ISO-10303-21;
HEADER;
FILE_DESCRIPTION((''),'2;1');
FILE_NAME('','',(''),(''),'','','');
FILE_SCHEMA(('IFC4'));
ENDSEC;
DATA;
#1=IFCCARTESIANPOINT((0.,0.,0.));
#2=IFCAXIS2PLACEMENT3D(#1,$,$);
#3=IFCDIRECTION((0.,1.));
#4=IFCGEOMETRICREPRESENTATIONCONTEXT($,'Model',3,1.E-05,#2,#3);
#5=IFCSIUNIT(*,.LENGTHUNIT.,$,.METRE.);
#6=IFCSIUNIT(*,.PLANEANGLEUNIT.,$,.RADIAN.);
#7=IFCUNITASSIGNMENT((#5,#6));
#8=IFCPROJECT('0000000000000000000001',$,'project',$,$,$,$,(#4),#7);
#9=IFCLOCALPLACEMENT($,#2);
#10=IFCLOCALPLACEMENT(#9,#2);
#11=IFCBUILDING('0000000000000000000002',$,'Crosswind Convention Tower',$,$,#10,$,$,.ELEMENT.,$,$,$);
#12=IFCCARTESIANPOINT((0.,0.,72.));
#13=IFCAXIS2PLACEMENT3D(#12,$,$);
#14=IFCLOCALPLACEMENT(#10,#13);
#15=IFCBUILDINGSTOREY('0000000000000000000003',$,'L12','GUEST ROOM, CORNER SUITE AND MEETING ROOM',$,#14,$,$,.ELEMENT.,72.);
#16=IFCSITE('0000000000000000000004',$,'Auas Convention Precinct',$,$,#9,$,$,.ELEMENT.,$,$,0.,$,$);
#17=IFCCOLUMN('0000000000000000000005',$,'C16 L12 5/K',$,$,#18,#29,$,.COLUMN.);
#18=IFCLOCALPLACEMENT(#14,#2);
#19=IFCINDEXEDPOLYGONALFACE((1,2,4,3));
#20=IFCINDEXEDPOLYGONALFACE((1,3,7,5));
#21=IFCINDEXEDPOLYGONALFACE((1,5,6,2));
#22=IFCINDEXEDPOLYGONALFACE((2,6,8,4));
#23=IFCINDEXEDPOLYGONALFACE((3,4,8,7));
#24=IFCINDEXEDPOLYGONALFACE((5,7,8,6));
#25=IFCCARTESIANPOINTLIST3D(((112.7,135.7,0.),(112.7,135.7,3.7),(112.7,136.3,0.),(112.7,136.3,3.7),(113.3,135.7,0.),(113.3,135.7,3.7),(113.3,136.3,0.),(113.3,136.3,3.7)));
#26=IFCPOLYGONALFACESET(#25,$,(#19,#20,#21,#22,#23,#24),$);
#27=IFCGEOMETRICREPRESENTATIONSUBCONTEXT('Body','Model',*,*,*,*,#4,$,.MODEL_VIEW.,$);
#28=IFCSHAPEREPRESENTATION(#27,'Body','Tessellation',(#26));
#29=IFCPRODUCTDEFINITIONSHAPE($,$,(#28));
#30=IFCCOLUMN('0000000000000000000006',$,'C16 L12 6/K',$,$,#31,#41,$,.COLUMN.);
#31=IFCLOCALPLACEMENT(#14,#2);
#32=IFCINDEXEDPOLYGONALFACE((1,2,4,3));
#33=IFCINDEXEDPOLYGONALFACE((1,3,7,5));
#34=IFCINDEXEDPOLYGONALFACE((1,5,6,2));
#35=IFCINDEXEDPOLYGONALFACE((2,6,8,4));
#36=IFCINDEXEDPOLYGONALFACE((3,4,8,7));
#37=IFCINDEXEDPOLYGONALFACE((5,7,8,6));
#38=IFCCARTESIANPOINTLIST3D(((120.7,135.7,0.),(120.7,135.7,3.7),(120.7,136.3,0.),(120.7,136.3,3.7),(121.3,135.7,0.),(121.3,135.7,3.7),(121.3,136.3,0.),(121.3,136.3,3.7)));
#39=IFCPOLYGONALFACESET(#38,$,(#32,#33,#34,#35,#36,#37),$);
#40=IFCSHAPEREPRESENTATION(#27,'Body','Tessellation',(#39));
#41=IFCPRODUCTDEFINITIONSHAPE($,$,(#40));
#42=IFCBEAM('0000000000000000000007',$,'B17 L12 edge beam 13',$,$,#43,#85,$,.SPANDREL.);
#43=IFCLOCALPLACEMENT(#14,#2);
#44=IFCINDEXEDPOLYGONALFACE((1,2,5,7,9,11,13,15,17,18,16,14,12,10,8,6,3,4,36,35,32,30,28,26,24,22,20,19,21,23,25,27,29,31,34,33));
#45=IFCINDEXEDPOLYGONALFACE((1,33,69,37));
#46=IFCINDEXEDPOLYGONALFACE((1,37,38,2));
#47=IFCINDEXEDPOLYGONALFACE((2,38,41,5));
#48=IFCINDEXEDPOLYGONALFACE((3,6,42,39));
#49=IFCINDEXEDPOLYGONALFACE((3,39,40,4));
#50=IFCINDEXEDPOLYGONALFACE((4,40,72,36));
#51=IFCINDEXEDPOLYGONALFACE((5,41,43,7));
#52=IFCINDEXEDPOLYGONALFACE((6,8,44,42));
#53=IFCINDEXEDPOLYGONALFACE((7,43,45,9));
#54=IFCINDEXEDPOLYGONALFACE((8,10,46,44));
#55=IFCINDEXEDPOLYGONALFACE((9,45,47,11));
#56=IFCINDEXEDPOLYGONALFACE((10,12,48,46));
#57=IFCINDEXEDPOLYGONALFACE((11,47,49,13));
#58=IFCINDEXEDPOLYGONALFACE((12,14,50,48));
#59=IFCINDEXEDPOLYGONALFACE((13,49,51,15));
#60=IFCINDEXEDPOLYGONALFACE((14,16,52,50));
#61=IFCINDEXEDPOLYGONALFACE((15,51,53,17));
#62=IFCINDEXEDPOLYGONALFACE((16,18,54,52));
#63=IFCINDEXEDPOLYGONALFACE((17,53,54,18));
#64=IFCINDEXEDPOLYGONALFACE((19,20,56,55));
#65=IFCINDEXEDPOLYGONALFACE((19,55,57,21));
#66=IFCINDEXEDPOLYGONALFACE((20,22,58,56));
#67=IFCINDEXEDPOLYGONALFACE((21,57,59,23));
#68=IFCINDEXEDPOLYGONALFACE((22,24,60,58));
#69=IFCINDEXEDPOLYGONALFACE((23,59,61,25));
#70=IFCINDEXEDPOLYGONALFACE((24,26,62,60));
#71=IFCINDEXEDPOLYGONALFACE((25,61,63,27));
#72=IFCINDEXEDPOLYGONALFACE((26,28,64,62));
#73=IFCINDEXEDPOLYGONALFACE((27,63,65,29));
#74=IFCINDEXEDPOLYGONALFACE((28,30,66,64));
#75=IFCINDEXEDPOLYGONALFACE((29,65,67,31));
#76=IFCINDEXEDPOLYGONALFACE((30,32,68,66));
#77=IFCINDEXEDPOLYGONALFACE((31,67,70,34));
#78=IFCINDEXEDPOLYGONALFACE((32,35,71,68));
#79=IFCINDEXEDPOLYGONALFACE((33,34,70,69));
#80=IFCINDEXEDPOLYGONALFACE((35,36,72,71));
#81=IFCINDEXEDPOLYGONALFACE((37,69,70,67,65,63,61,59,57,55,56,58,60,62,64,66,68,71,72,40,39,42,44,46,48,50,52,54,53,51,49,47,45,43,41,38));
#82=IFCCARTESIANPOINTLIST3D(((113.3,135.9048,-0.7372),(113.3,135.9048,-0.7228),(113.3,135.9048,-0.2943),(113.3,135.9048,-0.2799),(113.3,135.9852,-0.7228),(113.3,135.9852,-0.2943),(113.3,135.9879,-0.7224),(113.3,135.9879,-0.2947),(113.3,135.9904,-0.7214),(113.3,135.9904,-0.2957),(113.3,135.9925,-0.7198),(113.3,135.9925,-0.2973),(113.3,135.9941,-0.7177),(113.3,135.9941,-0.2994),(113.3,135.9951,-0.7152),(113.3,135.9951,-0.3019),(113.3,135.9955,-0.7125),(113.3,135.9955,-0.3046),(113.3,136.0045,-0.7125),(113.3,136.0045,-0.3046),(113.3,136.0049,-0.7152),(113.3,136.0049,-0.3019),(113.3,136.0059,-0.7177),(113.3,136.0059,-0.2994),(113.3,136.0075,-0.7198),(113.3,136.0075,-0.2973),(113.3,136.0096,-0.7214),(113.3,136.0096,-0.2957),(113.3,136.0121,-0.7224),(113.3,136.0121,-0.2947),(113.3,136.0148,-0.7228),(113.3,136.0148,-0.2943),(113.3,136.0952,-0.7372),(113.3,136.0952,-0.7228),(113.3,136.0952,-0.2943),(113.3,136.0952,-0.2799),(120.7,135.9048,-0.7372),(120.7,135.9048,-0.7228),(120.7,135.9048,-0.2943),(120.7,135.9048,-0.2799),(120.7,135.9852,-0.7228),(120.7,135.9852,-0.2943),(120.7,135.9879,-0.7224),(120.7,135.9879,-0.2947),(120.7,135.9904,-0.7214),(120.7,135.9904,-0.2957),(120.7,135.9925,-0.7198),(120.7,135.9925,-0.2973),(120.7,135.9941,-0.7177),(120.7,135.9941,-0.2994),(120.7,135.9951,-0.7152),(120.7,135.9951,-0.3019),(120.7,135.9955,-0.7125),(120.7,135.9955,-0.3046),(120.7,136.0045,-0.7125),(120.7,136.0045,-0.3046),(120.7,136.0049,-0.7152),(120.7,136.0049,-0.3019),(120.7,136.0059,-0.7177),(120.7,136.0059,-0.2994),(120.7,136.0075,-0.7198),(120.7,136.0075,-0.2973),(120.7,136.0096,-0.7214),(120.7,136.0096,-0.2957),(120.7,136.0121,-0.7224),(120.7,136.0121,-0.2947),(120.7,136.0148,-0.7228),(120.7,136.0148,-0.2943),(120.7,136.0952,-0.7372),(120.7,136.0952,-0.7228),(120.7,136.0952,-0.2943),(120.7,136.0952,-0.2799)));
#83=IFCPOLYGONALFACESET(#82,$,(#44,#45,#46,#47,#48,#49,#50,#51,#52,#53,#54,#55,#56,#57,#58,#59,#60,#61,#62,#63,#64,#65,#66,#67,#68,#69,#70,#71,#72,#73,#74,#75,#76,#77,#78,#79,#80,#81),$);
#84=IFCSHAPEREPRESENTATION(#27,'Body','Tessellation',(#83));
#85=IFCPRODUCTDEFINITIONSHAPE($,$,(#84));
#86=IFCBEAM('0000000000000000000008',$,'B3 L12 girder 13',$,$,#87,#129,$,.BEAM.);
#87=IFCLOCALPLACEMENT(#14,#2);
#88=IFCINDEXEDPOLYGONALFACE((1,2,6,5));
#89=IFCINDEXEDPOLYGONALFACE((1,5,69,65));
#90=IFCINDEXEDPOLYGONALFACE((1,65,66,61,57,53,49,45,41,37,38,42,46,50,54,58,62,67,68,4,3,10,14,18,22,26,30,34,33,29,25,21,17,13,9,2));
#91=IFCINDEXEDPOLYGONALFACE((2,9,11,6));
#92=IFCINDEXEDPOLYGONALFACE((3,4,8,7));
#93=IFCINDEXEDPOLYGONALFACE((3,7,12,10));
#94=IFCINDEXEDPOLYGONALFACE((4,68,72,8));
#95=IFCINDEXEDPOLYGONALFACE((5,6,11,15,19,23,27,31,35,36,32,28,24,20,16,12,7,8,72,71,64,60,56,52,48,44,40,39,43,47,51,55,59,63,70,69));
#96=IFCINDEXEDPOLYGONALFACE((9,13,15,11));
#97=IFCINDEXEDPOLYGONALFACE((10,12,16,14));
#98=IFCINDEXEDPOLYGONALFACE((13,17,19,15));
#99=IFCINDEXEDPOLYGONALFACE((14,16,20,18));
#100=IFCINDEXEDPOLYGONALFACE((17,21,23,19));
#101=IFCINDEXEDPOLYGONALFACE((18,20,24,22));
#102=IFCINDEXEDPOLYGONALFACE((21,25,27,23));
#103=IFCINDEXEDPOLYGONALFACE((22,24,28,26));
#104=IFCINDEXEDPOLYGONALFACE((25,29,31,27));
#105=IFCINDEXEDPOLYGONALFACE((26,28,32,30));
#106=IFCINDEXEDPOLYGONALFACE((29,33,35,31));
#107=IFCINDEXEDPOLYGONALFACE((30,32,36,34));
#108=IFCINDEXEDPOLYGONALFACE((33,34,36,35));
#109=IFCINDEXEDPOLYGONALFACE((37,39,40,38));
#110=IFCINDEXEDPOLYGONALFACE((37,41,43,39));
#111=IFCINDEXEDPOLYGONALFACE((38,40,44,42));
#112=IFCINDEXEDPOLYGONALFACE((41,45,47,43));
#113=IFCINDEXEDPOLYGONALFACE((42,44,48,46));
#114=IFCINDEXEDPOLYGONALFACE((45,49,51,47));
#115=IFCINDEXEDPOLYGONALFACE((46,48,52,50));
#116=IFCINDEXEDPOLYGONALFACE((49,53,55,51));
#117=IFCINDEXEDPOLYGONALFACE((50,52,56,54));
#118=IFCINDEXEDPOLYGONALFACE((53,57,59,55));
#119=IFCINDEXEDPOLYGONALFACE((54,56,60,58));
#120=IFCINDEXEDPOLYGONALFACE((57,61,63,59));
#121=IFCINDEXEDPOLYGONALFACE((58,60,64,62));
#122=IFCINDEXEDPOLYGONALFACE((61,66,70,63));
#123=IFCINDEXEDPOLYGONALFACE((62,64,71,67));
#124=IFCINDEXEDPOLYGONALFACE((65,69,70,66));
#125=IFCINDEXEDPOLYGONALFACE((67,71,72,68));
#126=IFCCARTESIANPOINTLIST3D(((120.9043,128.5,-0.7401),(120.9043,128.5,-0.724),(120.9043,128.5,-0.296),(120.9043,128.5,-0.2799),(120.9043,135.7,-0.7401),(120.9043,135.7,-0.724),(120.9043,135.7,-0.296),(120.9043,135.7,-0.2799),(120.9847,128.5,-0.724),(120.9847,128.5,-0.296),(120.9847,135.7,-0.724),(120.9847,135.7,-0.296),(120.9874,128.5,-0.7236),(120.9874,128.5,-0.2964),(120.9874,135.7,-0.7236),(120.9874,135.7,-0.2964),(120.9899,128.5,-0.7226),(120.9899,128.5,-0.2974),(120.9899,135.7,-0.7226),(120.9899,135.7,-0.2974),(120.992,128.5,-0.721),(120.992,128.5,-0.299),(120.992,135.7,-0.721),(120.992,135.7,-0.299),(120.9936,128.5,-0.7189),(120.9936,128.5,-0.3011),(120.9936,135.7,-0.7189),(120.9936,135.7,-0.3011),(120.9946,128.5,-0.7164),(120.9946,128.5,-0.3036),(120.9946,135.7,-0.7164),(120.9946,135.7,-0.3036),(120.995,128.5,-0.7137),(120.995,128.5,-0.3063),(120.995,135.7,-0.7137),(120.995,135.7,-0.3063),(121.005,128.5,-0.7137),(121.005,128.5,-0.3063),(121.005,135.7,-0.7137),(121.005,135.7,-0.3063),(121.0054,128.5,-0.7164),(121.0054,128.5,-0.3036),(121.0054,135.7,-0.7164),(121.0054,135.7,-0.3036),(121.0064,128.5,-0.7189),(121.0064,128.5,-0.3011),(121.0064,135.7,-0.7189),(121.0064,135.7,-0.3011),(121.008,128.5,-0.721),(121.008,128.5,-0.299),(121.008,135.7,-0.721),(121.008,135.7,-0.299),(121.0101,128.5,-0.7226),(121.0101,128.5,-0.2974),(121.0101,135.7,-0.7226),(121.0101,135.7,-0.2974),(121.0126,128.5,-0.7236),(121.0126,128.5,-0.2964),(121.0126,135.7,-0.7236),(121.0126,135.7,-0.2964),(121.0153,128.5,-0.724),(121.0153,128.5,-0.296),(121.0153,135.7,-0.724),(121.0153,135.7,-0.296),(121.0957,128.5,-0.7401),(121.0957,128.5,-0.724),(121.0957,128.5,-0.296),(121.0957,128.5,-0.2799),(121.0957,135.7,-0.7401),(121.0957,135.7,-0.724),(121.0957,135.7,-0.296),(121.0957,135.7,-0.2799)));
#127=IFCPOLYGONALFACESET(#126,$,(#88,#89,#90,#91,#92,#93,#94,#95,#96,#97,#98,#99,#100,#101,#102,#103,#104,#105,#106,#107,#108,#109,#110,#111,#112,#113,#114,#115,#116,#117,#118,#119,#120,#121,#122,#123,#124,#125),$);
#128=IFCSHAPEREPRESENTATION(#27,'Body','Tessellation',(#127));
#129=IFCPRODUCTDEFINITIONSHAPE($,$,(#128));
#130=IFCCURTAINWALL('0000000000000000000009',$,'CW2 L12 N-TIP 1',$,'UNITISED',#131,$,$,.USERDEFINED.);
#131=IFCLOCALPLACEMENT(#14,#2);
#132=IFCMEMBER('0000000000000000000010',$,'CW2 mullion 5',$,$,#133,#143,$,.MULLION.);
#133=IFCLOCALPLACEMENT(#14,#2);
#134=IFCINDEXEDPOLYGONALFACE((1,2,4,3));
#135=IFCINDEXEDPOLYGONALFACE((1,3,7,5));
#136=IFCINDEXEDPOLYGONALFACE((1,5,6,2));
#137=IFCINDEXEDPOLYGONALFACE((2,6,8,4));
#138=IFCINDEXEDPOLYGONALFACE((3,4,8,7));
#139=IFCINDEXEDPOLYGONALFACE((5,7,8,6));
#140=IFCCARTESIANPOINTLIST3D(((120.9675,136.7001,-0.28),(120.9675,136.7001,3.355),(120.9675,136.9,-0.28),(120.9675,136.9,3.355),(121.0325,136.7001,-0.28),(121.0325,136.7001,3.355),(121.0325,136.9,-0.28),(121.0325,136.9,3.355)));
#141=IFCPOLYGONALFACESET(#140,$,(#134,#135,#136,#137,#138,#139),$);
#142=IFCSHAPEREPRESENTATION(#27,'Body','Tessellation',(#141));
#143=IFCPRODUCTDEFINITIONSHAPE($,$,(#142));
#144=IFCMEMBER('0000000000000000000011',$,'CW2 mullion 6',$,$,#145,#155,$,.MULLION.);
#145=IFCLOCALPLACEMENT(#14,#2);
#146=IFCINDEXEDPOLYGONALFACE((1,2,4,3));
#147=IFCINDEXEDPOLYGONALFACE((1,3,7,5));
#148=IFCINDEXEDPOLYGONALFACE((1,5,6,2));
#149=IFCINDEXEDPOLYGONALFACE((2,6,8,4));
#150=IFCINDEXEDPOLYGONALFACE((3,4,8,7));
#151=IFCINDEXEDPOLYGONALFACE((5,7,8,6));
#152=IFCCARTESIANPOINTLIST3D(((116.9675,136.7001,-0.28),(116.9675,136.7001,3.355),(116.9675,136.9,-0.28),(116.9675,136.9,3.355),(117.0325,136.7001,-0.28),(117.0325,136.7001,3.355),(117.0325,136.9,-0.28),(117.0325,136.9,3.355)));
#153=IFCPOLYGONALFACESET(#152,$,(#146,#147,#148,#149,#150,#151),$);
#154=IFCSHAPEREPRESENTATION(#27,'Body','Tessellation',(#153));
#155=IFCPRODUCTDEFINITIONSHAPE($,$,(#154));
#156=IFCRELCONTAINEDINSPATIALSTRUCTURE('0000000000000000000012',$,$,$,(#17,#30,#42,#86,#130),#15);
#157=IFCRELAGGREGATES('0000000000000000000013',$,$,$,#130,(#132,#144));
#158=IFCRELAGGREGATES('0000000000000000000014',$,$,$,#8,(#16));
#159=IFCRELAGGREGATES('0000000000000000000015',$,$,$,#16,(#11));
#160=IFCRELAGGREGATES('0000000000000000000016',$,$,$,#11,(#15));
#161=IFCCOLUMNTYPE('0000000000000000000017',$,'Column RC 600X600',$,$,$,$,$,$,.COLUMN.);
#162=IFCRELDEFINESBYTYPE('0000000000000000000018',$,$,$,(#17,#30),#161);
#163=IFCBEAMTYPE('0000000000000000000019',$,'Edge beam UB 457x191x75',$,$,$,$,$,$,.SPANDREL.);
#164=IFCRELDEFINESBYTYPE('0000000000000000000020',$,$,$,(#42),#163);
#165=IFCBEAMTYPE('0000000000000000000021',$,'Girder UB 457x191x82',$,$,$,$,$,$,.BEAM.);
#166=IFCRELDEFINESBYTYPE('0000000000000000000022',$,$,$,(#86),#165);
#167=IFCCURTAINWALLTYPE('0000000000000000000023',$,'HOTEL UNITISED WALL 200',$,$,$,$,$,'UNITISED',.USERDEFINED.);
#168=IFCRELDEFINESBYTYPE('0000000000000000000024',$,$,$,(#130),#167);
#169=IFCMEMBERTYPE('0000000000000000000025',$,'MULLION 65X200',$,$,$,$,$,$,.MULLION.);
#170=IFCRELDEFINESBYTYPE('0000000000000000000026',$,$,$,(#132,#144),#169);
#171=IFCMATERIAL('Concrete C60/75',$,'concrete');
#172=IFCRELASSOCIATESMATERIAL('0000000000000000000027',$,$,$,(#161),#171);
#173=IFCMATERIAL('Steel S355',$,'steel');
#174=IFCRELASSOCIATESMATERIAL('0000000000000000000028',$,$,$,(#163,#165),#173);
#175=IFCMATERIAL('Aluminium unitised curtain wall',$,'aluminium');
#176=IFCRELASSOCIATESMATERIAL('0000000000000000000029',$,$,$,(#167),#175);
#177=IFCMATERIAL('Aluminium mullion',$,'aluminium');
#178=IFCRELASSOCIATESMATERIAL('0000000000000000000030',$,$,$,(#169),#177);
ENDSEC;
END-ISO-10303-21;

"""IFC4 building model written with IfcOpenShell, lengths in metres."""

from ifc_helpers import new_model, si_unit, direction, frame, origin, origin_2d, place, context, subcontext, project, spatial, rectangle, i_section, extrude, material, material_profile, profile_set, type_object, element, aggregate, save


model = new_model("IFC4")

# Units and contexts
model_context = context("Model", 3, precision=1e-05, world=origin(), true_north=direction((0.0, 1.0)))
body_context = subcontext(model_context, "Body", "Model", "MODEL_VIEW")
ifc_project = project(units=[si_unit("LENGTHUNIT", "METRE"), si_unit("PLANEANGLEUNIT", "RADIAN")], contexts=[model_context])

# Site, building, storey
site_placement = place(None, origin())
site = spatial("IfcSite", under=ifc_project, at=site_placement, Name="Auas Convention Precinct", CompositionType="ELEMENT", RefElevation=0.0)
building_placement = place(site_placement, origin())
building = spatial("IfcBuilding", under=site, at=building_placement, Name="Crosswind Convention Tower", CompositionType="ELEMENT")
storey_placement = place(building_placement, frame((0.0, 0.0, 72.0)))
storey = spatial("IfcBuildingStorey", under=building, at=storey_placement, Name="L12", Description="GUEST ROOM, CORNER SUITE AND MEETING ROOM", CompositionType="ELEMENT", Elevation=72.0)

# Columns
ifc_material_1 = material(Name="Concrete C60/75", Category="concrete")
ifc_material_profile_1 = material_profile(ifc_material_1, rectangle(XDim=0.6001, YDim=0.6001, at=origin_2d()), Name="RC 600X600")
ifc_profile_set_1 = profile_set([ifc_material_profile_1], Name="Concrete C60/75")
column_type = type_object("IfcColumnType", Name="Column RC 600X600", PredefinedType="COLUMN", material=ifc_profile_set_1)
for number, where, z_axis, x_axis, name in (
    (1, (113.0, 136.0, 0.0), (0.0, 0.0, 1.0), (1.0, 0.0, 0.0), "C16 L12 5/K"),
    (2, (121.0, 136.0, 0.0), (0.0, 0.0, 1.0), (1.0, 0.0, 0.0), "C16 L12 6/K"),
):
    element("IfcColumn", number, at=place(storey_placement, frame(where, z_axis=z_axis, x_axis=x_axis)), inside=storey, type_object=column_type, Name=name, PredefinedType="COLUMN", context=body_context, shape_type="SweptSolid", body=[
        extrude(rectangle(XDim=0.6001, YDim=0.6001, at=origin_2d()), origin(), (0.0, 0.0, 1.0), 3.7),
    ])

# Beams
ifc_material_2 = material(Name="Steel S355", Category="steel")
ifc_material_profile_2 = material_profile(ifc_material_2, i_section(OverallWidth=0.1904, OverallDepth=0.4573, WebThickness=0.009, FlangeThickness=0.0144, FilletRadius=0.0103, at=origin_2d()), Name="UB 457x191x75")
ifc_profile_set_2 = profile_set([ifc_material_profile_2], Name="Steel S355")
beam_type_1 = type_object("IfcBeamType", Name="Edge beam UB 457x191x75", PredefinedType="SPANDREL", material=ifc_profile_set_2)
beam_1_placement = place(storey_placement, frame((113.3, 136.0, -0.5085), z_axis=(1.0, 0.0, 0.0), x_axis=(0.0, 1.0, 0.0)))
element("IfcBeam", 3, at=beam_1_placement, inside=storey, type_object=beam_type_1, Name="B17 L12 edge beam 13", PredefinedType="SPANDREL", context=body_context, shape_type="SweptSolid", body=[
    extrude(i_section(OverallWidth=0.1904, OverallDepth=0.4573, WebThickness=0.009, FlangeThickness=0.0144, FilletRadius=0.0103, at=origin_2d()), origin(), (0.0, 0.0, 1.0), 7.3999),
])
ifc_material_profile_3 = material_profile(ifc_material_2, i_section(OverallWidth=0.1914, OverallDepth=0.4602, WebThickness=0.01, FlangeThickness=0.0161, FilletRadius=0.0103, at=origin_2d()), Name="UB 457x191x82")
ifc_profile_set_3 = profile_set([ifc_material_profile_3], Name="Steel S355")
beam_type_2 = type_object("IfcBeamType", Name="Girder UB 457x191x82", PredefinedType="BEAM", material=ifc_profile_set_3)
beam_2_placement = place(storey_placement, frame((121.0, 128.5, -0.51), z_axis=(0.0, 1.0, 0.0), x_axis=(-1.0, 0.0, 0.0)))
element("IfcBeam", 4, at=beam_2_placement, inside=storey, type_object=beam_type_2, Name="B3 L12 girder 13", PredefinedType="BEAM", context=body_context, shape_type="SweptSolid", body=[
    extrude(i_section(OverallWidth=0.1914, OverallDepth=0.4602, WebThickness=0.01, FlangeThickness=0.0161, FilletRadius=0.0103, at=origin_2d()), origin(), (0.0, 0.0, 1.0), 7.2),
])

# Curtain wall, members
ifc_material_3 = material(Name="Aluminium unitised curtain wall", Category="aluminium")
curtain_wall_type = type_object("IfcCurtainWallType", Name="HOTEL UNITISED WALL 200", ElementType="UNITISED", PredefinedType="USERDEFINED", material=ifc_material_3)
curtain_wall_placement = place(storey_placement, origin())
curtain_wall = element("IfcCurtainWall", 5, at=curtain_wall_placement, inside=storey, type_object=curtain_wall_type, Name="CW2 L12 N-TIP 1", ObjectType="UNITISED", PredefinedType="USERDEFINED")
ifc_material_4 = material(Name="Aluminium mullion", Category="aluminium")
ifc_material_profile_4 = material_profile(ifc_material_4, rectangle(XDim=0.2, YDim=0.0649, at=origin_2d()), Name="AL 200X65")
ifc_profile_set_4 = profile_set([ifc_material_profile_4], Name="Aluminium mullion")
member_type = type_object("IfcMemberType", Name="MULLION 65X200", PredefinedType="MULLION", material=ifc_profile_set_4)
member_1_placement = place(storey_placement, frame((121.0, 136.8, -0.28), z_axis=(0.0, 0.0, 1.0), x_axis=(0.0, 1.0, 0.0)))
member_1 = element("IfcMember", 6, at=member_1_placement, type_object=member_type, Name="CW2 mullion 5", PredefinedType="MULLION", context=body_context, shape_type="SweptSolid", body=[
    extrude(rectangle(XDim=0.2, YDim=0.0649, at=origin_2d()), origin(), (0.0, 0.0, 1.0), 3.635),
])
member_2_placement = place(storey_placement, frame((117.0, 136.8, -0.28), z_axis=(0.0, 0.0, 1.0), x_axis=(0.0, 1.0, 0.0)))
member_2 = element("IfcMember", 7, at=member_2_placement, type_object=member_type, Name="CW2 mullion 6", PredefinedType="MULLION", context=body_context, shape_type="SweptSolid", body=[
    extrude(rectangle(XDim=0.2, YDim=0.0649, at=origin_2d()), origin(), (0.0, 0.0, 1.0), 3.635),
])

aggregate(curtain_wall, [member_1, member_2])

save(model, "model.ifc")
